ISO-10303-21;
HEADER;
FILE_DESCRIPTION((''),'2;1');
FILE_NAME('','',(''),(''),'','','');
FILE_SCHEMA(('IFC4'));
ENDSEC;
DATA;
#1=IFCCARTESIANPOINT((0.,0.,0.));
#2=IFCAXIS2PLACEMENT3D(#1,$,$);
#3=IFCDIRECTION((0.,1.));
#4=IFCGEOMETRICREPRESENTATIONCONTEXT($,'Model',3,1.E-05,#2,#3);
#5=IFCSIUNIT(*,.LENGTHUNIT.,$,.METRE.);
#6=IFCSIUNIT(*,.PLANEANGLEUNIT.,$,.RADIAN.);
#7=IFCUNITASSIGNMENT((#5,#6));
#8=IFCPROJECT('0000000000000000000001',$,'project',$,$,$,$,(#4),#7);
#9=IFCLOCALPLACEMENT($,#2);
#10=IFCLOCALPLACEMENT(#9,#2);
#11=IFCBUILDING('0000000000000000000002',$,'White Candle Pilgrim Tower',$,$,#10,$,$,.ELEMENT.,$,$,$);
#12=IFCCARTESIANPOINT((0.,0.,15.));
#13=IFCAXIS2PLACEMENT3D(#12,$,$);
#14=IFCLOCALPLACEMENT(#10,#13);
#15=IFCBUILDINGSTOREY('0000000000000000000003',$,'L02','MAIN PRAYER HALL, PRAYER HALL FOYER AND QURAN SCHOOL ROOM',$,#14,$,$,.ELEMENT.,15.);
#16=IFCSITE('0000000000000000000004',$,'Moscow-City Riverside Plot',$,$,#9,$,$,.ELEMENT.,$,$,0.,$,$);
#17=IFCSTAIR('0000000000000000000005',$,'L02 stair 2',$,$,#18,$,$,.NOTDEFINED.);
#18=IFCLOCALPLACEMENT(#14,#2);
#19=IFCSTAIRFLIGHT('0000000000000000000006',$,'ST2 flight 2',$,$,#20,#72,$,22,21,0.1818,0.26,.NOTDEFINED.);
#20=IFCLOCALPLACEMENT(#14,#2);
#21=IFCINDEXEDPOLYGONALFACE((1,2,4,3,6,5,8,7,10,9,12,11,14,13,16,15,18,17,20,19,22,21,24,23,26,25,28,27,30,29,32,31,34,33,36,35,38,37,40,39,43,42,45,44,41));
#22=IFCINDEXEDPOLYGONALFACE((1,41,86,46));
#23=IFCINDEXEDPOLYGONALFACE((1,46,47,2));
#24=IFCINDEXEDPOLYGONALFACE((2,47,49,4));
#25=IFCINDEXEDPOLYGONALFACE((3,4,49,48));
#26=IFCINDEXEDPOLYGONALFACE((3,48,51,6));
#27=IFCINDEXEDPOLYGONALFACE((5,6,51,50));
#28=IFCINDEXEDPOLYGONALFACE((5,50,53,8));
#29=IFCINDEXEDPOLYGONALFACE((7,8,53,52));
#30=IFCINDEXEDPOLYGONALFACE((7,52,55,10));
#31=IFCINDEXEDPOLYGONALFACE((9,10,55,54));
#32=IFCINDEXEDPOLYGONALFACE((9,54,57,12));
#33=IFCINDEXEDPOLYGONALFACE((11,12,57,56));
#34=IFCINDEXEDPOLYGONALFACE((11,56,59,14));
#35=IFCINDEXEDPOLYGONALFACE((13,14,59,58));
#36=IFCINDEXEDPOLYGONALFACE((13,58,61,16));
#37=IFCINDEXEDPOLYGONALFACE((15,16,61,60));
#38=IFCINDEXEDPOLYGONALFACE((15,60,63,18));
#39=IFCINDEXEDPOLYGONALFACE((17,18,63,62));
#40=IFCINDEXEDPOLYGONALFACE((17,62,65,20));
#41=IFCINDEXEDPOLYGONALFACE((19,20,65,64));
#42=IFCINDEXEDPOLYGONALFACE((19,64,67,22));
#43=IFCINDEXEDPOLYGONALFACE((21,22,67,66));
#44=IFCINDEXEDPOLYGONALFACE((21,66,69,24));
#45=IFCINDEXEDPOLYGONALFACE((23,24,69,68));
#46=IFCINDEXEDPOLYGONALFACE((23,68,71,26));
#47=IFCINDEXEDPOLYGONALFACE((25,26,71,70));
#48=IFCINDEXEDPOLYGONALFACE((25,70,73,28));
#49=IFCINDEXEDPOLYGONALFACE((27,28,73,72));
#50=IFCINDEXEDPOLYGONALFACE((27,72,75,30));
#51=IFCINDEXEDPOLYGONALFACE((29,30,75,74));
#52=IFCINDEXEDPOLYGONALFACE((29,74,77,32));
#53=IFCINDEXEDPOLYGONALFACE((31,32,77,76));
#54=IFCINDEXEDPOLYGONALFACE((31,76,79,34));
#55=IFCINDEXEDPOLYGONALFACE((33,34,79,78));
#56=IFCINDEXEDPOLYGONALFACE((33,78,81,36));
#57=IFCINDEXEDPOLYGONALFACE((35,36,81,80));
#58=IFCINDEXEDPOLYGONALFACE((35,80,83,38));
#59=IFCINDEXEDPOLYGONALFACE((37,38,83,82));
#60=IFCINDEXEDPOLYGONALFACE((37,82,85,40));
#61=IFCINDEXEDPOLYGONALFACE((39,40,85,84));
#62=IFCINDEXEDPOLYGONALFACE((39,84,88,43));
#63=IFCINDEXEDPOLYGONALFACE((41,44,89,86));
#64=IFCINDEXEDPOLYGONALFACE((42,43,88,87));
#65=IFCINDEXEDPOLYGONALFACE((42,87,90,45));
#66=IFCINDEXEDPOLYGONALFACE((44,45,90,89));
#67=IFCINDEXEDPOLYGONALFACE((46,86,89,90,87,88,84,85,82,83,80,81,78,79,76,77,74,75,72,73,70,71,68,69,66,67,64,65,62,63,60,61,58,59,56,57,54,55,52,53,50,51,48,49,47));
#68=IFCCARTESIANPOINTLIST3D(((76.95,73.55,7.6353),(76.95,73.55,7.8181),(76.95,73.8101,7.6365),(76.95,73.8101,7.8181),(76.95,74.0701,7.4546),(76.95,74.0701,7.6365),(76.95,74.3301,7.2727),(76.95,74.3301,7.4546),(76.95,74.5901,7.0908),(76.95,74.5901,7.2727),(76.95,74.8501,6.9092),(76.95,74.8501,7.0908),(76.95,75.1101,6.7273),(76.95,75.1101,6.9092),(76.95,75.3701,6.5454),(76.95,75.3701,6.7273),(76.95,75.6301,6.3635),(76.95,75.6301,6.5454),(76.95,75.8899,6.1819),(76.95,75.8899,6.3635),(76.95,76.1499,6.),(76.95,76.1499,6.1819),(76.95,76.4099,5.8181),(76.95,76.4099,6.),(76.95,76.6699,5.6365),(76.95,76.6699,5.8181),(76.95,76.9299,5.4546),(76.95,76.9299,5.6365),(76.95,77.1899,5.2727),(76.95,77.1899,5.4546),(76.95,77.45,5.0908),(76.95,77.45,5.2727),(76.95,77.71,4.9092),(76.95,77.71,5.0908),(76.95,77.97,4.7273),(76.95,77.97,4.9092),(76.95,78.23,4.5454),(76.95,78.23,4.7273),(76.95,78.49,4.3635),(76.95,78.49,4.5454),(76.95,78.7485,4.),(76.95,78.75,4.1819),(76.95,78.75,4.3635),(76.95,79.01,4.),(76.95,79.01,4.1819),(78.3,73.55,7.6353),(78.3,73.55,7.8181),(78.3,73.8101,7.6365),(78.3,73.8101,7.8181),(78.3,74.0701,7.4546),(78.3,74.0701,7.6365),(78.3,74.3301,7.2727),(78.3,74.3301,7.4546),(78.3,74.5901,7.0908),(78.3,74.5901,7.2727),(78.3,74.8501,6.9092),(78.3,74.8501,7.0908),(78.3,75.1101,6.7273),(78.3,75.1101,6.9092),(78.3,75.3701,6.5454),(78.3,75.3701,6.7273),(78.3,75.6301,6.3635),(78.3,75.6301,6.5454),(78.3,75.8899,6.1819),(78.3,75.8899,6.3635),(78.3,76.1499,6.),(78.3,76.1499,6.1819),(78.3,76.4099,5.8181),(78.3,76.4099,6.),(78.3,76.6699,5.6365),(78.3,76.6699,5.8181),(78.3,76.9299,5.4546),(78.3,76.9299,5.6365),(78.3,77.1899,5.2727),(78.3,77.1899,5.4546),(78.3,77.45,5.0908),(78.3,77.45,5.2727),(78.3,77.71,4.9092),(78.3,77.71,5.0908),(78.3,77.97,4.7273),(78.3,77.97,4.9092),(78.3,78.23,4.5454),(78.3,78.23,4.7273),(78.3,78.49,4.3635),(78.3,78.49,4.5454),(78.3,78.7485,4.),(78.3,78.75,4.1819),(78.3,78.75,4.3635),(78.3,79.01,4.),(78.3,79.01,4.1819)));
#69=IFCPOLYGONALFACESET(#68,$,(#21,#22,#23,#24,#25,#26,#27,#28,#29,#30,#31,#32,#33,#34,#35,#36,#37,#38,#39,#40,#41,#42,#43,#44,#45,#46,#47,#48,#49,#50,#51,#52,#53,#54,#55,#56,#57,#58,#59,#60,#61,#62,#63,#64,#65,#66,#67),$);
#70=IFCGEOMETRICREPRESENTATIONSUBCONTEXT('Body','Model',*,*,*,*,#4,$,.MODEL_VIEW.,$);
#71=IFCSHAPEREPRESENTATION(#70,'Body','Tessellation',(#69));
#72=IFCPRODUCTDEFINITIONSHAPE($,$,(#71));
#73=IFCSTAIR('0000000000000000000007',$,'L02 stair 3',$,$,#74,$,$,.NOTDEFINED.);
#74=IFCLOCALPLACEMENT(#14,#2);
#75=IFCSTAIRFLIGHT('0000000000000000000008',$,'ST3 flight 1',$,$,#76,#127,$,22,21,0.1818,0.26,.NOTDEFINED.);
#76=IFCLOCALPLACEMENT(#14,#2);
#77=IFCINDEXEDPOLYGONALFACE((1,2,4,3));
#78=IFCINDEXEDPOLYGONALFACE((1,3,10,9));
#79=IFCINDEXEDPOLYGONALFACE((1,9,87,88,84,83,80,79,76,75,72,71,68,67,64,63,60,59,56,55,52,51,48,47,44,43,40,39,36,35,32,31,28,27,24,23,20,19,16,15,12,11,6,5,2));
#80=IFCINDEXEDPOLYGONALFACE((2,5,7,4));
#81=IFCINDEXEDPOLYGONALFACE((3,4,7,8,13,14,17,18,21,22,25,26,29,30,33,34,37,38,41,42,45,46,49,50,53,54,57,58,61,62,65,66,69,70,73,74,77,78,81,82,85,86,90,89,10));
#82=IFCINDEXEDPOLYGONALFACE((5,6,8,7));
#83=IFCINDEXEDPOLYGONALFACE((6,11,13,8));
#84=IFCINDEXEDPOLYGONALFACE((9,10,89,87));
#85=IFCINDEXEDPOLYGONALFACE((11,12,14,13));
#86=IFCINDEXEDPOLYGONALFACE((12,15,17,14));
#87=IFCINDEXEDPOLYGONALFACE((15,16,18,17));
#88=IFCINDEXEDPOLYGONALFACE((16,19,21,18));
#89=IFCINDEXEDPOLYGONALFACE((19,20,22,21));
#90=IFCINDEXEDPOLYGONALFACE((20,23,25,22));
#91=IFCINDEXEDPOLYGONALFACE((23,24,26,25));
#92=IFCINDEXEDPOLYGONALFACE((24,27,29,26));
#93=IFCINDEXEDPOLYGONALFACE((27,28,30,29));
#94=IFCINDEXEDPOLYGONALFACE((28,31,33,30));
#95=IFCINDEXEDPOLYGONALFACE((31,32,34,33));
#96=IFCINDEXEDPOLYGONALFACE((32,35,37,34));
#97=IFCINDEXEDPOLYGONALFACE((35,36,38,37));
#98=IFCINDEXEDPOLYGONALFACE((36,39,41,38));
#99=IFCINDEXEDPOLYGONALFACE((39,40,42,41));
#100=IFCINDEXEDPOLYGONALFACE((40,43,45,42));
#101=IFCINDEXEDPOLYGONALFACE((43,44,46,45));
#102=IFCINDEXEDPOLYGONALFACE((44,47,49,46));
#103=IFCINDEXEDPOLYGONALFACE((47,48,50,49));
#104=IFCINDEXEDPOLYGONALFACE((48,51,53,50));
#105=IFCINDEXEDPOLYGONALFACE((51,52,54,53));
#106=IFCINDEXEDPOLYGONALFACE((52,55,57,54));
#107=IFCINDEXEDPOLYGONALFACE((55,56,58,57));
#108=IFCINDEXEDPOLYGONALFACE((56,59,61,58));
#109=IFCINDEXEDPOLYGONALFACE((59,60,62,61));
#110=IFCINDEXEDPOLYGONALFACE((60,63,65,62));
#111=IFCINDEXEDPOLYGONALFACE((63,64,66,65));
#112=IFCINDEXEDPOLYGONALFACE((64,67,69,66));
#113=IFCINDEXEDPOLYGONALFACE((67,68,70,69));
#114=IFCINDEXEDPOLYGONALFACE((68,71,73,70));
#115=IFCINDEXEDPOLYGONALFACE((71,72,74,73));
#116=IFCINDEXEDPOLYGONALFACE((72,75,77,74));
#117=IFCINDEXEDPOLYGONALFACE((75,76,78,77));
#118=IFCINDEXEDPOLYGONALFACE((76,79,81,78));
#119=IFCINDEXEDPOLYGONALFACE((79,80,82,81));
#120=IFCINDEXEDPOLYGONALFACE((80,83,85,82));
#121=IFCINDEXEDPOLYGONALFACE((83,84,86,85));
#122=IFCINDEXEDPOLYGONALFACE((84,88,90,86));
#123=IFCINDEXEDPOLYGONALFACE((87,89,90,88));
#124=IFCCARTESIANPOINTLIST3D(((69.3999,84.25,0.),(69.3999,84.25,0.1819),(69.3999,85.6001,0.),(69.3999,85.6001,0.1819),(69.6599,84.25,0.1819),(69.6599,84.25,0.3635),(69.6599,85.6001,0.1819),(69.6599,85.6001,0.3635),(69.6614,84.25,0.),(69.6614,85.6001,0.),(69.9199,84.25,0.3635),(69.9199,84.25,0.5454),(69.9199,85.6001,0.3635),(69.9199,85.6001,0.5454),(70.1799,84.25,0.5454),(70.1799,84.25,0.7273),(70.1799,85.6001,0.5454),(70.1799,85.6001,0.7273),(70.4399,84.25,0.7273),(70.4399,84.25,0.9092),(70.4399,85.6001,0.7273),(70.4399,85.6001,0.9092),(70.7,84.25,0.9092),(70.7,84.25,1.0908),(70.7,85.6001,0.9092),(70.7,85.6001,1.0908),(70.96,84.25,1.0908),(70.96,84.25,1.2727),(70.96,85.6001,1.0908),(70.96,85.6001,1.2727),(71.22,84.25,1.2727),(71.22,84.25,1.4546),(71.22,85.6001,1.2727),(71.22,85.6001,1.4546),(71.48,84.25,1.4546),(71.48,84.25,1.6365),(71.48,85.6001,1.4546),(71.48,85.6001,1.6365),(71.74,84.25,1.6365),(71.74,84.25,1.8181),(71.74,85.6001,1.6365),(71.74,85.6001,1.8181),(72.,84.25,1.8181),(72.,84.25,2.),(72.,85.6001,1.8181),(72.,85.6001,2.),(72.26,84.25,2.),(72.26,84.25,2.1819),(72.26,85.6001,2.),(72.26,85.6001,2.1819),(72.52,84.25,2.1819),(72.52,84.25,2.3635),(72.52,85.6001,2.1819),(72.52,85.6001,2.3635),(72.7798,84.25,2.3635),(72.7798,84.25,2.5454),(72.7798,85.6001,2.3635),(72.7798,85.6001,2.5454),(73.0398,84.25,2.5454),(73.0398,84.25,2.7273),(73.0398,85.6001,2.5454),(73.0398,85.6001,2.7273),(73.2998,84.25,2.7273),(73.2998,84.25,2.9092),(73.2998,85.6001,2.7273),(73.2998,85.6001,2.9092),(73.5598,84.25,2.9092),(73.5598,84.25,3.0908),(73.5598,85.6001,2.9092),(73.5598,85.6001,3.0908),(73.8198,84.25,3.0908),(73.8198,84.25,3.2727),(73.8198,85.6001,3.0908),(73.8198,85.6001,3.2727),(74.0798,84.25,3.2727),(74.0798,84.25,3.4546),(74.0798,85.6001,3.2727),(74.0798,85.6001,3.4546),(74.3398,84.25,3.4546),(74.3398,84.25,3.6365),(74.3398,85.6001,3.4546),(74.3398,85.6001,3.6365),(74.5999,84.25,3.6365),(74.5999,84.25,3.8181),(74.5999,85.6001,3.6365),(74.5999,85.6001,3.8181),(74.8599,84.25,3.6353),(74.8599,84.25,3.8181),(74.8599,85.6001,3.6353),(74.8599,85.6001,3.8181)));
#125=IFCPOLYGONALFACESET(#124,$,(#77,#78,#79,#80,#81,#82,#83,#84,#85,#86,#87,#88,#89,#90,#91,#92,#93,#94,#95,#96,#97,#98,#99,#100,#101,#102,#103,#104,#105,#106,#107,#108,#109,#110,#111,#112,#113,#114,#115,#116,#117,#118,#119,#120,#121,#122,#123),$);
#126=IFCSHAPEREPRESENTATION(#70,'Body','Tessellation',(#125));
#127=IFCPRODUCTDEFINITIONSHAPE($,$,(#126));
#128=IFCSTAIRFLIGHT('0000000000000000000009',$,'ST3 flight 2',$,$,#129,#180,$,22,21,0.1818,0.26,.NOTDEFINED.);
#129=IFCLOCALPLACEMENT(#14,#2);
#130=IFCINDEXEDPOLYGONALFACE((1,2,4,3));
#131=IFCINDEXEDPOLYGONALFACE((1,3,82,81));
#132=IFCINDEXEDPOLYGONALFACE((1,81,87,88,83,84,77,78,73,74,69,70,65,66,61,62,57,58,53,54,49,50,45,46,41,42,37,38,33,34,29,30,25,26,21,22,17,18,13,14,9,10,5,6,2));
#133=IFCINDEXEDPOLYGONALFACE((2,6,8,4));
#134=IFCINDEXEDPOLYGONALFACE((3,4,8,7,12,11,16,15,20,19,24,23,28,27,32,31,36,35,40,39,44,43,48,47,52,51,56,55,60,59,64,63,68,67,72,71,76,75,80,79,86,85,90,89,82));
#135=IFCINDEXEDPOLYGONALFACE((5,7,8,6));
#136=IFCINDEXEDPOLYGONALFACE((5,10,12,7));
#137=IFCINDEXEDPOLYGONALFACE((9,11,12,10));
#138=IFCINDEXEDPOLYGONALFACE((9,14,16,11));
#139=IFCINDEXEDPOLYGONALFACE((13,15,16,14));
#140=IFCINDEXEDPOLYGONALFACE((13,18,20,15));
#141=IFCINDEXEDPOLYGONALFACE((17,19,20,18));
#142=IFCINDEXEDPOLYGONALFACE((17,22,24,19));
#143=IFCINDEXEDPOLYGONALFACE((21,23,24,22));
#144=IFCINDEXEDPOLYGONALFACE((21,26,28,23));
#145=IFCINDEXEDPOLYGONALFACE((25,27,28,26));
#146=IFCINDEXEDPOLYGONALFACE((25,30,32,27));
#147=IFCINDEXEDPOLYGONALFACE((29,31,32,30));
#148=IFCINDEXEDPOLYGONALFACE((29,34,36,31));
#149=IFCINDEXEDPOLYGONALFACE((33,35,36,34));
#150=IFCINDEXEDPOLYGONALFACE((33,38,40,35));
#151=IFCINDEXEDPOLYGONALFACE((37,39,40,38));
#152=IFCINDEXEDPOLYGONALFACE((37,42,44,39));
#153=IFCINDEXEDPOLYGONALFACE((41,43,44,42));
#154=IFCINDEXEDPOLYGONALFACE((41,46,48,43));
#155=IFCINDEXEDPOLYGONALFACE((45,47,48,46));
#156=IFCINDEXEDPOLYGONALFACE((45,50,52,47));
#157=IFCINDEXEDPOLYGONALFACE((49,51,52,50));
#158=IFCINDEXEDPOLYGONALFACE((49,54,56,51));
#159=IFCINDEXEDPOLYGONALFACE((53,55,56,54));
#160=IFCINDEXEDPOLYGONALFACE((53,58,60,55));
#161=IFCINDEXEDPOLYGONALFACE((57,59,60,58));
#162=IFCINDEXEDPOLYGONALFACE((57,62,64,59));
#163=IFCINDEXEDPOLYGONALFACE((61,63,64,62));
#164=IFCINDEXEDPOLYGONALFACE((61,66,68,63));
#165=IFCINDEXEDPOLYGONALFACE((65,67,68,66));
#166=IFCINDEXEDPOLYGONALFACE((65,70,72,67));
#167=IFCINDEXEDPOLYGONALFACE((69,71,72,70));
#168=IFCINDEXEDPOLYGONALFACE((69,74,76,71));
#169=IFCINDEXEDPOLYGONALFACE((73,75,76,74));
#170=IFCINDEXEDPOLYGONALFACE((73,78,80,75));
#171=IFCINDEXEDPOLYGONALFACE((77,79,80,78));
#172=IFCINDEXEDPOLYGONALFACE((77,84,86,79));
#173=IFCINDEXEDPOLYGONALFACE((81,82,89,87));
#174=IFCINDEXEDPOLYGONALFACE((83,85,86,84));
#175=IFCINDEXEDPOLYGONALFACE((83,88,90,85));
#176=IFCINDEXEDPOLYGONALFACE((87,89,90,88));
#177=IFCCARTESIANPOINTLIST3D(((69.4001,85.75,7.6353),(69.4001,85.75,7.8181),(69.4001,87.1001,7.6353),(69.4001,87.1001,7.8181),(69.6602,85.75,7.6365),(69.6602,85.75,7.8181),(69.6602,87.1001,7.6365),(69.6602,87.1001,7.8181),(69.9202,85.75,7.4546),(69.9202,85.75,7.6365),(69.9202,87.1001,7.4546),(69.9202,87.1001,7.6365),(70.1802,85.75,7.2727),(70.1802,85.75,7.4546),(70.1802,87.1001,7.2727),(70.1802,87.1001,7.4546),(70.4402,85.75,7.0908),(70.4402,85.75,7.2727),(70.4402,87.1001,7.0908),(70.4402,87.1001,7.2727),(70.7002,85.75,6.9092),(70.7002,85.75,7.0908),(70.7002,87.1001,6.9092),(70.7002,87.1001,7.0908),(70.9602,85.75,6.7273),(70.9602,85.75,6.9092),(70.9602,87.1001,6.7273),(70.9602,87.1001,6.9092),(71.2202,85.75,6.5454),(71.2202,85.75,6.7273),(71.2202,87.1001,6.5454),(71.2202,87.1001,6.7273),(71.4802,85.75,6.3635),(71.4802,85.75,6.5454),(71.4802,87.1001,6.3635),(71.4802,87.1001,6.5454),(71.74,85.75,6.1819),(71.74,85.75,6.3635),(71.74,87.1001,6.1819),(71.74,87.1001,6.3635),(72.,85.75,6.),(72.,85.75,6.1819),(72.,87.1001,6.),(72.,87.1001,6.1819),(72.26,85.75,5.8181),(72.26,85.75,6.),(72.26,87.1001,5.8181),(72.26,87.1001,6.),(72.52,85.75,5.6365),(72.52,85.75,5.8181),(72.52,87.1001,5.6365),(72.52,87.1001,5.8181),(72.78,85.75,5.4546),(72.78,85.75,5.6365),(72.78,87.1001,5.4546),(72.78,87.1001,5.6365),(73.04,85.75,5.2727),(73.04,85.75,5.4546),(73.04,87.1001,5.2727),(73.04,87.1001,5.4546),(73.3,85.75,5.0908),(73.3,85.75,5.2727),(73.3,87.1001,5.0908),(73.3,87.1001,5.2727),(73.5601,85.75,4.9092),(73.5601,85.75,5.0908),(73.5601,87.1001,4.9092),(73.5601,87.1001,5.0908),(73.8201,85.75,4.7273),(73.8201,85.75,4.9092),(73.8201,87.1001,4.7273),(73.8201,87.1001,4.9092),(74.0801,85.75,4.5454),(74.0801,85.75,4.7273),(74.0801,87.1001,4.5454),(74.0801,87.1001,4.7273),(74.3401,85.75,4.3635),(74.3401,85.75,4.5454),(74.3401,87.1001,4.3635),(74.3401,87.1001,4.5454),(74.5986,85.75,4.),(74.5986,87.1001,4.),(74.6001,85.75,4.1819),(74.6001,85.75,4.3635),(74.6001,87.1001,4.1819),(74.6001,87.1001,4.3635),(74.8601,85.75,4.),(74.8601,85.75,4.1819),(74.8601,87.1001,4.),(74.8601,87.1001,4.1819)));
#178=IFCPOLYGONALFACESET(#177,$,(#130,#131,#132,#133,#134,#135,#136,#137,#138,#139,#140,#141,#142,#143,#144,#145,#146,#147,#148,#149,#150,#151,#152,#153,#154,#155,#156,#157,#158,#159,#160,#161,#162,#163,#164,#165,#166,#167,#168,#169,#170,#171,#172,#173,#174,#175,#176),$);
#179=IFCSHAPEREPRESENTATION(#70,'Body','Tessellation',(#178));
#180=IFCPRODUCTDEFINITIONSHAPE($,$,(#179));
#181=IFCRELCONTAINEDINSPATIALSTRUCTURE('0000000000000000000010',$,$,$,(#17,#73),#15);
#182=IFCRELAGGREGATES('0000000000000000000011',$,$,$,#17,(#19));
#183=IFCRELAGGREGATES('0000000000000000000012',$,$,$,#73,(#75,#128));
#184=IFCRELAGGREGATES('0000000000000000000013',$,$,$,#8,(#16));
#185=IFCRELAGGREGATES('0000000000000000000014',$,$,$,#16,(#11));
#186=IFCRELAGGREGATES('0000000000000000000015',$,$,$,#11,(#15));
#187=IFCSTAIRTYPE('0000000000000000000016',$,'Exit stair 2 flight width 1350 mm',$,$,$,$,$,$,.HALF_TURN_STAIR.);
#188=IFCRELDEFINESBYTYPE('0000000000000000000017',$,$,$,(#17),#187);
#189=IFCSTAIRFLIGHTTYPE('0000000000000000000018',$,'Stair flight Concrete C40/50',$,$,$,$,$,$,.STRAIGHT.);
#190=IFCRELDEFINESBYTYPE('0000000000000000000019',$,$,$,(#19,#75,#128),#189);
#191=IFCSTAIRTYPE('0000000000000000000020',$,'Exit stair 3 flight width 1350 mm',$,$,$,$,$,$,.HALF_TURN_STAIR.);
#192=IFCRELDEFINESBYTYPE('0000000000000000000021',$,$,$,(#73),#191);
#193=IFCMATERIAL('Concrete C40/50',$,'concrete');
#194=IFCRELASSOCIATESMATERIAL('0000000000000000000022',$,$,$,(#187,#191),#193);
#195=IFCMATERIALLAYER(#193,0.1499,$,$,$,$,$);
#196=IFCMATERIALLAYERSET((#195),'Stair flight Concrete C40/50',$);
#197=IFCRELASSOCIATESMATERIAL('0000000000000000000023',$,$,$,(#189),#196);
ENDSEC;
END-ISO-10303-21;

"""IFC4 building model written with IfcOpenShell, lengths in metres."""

from ifc_helpers import new_model, si_unit, direction, frame, origin, place, context, subcontext, project, spatial, polyline, outline, extrude, material, layer, layer_set, type_object, element, aggregate, save


model = new_model("IFC4")

# Units and contexts
model_context = context("Model", 3, precision=1e-05, world=origin(), true_north=direction((0.0, 1.0)))
body_context = subcontext(model_context, "Body", "Model", "MODEL_VIEW")
ifc_project = project(units=[si_unit("LENGTHUNIT", "METRE"), si_unit("PLANEANGLEUNIT", "RADIAN")], contexts=[model_context])

# Site, building, storey
site_placement = place(None, origin())
site = spatial("IfcSite", under=ifc_project, at=site_placement, Name="Moscow-City Riverside Plot", CompositionType="ELEMENT", RefElevation=0.0)
building_placement = place(site_placement, origin())
building = spatial("IfcBuilding", under=site, at=building_placement, Name="White Candle Pilgrim Tower", CompositionType="ELEMENT")
storey_placement = place(building_placement, frame((0.0, 0.0, 15.0)))
storey = spatial("IfcBuildingStorey", under=building, at=storey_placement, Name="L02", Description="MAIN PRAYER HALL, PRAYER HALL FOYER AND QURAN SCHOOL ROOM", CompositionType="ELEMENT", Elevation=15.0)

# Stair, stair flight
ifc_material_1 = material(Name="Concrete C40/50", Category="concrete")
stair_type_1 = type_object("IfcStairType", Name="Exit stair 2 flight width 1350 mm", PredefinedType="HALF_TURN_STAIR", material=ifc_material_1)
stair_1_placement = place(storey_placement, origin())
stair_1 = element("IfcStair", 1, at=stair_1_placement, inside=storey, type_object=stair_type_1, Name="L02 stair 2", PredefinedType="NOTDEFINED")
ifc_layer_1 = layer(ifc_material_1, 0.1499)
ifc_layer_set_1 = layer_set([ifc_layer_1], Name="Stair flight Concrete C40/50")
stair_flight_type = type_object("IfcStairFlightType", Name="Stair flight Concrete C40/50", PredefinedType="STRAIGHT", material=ifc_layer_set_1)
stair_flight_1_placement = place(storey_placement, frame((77.625, 79.01, 4.0), z_axis=(0.0, 0.0, 1.0), x_axis=(0.0, -1.0, 0.0)))
stair_flight_1 = element("IfcStairFlight", 2, at=stair_flight_1_placement, type_object=stair_flight_type, Name="ST2 flight 2", NumberOfRisers=22, NumberOfTreads=21, PredefinedType="NOTDEFINED", RiserHeight=0.1818, TreadLength=0.26, context=body_context, shape_type="SweptSolid", body=[
    extrude(outline(polyline([(0.0, 0.0), (0.0, 0.1819), (0.26, 0.1819), (0.26, 0.3635), (0.52, 0.3635), (0.52, 0.5454), (0.78, 0.5454), (0.78, 0.7273), (1.04, 0.7273), (1.04, 0.9092), (1.3, 0.9092), (1.3, 1.0908), (1.5601, 1.0908), (1.5601, 1.2727), (1.8201, 1.2727), (1.8201, 1.4546), (2.0801, 1.4546), (2.0801, 1.6365), (2.3401, 1.6365), (2.3401, 1.8181), (2.6001, 1.8181), (2.6001, 2.0), (2.8601, 2.0), (2.8601, 2.1819), (3.1201, 2.1819), (3.1201, 2.3635), (3.3799, 2.3635), (3.3799, 2.5454), (3.6399, 2.5454), (3.6399, 2.7273), (3.8999, 2.7273), (3.8999, 2.9092), (4.1599, 2.9092), (4.1599, 3.0908), (4.4199, 3.0908), (4.4199, 3.2727), (4.6799, 3.2727), (4.6799, 3.4546), (4.9399, 3.4546), (4.9399, 3.6365), (5.2, 3.6365), (5.2, 3.8181), (5.46, 3.8181), (5.46, 4.0), (5.46, 3.6353), (0.2615, 0.0), (0.0, 0.0)])), frame((0.0, 0.675, 0.0), z_axis=(0.0, -1.0, 0.0), x_axis=(1.0, 0.0, 0.0)), (0.0, 0.0, 1.0), 1.3501),
])
aggregate(stair_1, [stair_flight_1])

# Stair, stair flights
stair_type_2 = type_object("IfcStairType", Name="Exit stair 3 flight width 1350 mm", PredefinedType="HALF_TURN_STAIR", material=ifc_material_1)
stair_2_placement = place(storey_placement, origin())
stair_2 = element("IfcStair", 3, at=stair_2_placement, inside=storey, type_object=stair_type_2, Name="L02 stair 3", PredefinedType="NOTDEFINED")
stair_flight_2_placement = place(storey_placement, frame((69.3999, 84.925, 0.0), z_axis=(0.0, 0.0, 1.0), x_axis=(1.0, 0.0, 0.0)))
stair_flight_2 = element("IfcStairFlight", 4, at=stair_flight_2_placement, type_object=stair_flight_type, Name="ST3 flight 1", NumberOfRisers=22, NumberOfTreads=21, PredefinedType="NOTDEFINED", RiserHeight=0.1818, TreadLength=0.26, context=body_context, shape_type="SweptSolid", body=[
    extrude(outline(polyline([(0.0, 0.0), (0.0, 0.1819), (0.26, 0.1819), (0.26, 0.3635), (0.52, 0.3635), (0.52, 0.5454), (0.78, 0.5454), (0.78, 0.7273), (1.04, 0.7273), (1.04, 0.9092), (1.3, 0.9092), (1.3, 1.0908), (1.5601, 1.0908), (1.5601, 1.2727), (1.8201, 1.2727), (1.8201, 1.4546), (2.0801, 1.4546), (2.0801, 1.6365), (2.3401, 1.6365), (2.3401, 1.8181), (2.6001, 1.8181), (2.6001, 2.0), (2.8601, 2.0), (2.8601, 2.1819), (3.1201, 2.1819), (3.1201, 2.3635), (3.3799, 2.3635), (3.3799, 2.5454), (3.6399, 2.5454), (3.6399, 2.7273), (3.8999, 2.7273), (3.8999, 2.9092), (4.1599, 2.9092), (4.1599, 3.0908), (4.4199, 3.0908), (4.4199, 3.2727), (4.6799, 3.2727), (4.6799, 3.4546), (4.9399, 3.4546), (4.9399, 3.6365), (5.2, 3.6365), (5.2, 3.8181), (5.46, 3.8181), (5.46, 4.0), (5.46, 3.6353), (0.2615, 0.0), (0.0, 0.0)])), frame((0.0, 0.675, 0.0), z_axis=(0.0, -1.0, 0.0), x_axis=(1.0, 0.0, 0.0)), (0.0, 0.0, 1.0), 1.3501),
])
stair_flight_3_placement = place(storey_placement, frame((74.8601, 86.425, 4.0), z_axis=(0.0, 0.0, 1.0), x_axis=(-1.0, 0.0, 0.0)))
stair_flight_3 = element("IfcStairFlight", 5, at=stair_flight_3_placement, type_object=stair_flight_type, Name="ST3 flight 2", NumberOfRisers=22, NumberOfTreads=21, PredefinedType="NOTDEFINED", RiserHeight=0.1818, TreadLength=0.26, context=body_context, shape_type="SweptSolid", body=[
    extrude(outline(polyline([(0.0, 0.0), (0.0, 0.1819), (0.26, 0.1819), (0.26, 0.3635), (0.52, 0.3635), (0.52, 0.5454), (0.78, 0.5454), (0.78, 0.7273), (1.04, 0.7273), (1.04, 0.9092), (1.3, 0.9092), (1.3, 1.0908), (1.5601, 1.0908), (1.5601, 1.2727), (1.8201, 1.2727), (1.8201, 1.4546), (2.0801, 1.4546), (2.0801, 1.6365), (2.3401, 1.6365), (2.3401, 1.8181), (2.6001, 1.8181), (2.6001, 2.0), (2.8601, 2.0), (2.8601, 2.1819), (3.1201, 2.1819), (3.1201, 2.3635), (3.3799, 2.3635), (3.3799, 2.5454), (3.6399, 2.5454), (3.6399, 2.7273), (3.8999, 2.7273), (3.8999, 2.9092), (4.1599, 2.9092), (4.1599, 3.0908), (4.4199, 3.0908), (4.4199, 3.2727), (4.6799, 3.2727), (4.6799, 3.4546), (4.9399, 3.4546), (4.9399, 3.6365), (5.2, 3.6365), (5.2, 3.8181), (5.46, 3.8181), (5.46, 4.0), (5.46, 3.6353), (0.2615, 0.0), (0.0, 0.0)])), frame((0.0, 0.675, 0.0), z_axis=(0.0, -1.0, 0.0), x_axis=(1.0, 0.0, 0.0)), (0.0, 0.0, 1.0), 1.3501),
])
aggregate(stair_2, [stair_flight_2, stair_flight_3])

save(model, "model.ifc")
